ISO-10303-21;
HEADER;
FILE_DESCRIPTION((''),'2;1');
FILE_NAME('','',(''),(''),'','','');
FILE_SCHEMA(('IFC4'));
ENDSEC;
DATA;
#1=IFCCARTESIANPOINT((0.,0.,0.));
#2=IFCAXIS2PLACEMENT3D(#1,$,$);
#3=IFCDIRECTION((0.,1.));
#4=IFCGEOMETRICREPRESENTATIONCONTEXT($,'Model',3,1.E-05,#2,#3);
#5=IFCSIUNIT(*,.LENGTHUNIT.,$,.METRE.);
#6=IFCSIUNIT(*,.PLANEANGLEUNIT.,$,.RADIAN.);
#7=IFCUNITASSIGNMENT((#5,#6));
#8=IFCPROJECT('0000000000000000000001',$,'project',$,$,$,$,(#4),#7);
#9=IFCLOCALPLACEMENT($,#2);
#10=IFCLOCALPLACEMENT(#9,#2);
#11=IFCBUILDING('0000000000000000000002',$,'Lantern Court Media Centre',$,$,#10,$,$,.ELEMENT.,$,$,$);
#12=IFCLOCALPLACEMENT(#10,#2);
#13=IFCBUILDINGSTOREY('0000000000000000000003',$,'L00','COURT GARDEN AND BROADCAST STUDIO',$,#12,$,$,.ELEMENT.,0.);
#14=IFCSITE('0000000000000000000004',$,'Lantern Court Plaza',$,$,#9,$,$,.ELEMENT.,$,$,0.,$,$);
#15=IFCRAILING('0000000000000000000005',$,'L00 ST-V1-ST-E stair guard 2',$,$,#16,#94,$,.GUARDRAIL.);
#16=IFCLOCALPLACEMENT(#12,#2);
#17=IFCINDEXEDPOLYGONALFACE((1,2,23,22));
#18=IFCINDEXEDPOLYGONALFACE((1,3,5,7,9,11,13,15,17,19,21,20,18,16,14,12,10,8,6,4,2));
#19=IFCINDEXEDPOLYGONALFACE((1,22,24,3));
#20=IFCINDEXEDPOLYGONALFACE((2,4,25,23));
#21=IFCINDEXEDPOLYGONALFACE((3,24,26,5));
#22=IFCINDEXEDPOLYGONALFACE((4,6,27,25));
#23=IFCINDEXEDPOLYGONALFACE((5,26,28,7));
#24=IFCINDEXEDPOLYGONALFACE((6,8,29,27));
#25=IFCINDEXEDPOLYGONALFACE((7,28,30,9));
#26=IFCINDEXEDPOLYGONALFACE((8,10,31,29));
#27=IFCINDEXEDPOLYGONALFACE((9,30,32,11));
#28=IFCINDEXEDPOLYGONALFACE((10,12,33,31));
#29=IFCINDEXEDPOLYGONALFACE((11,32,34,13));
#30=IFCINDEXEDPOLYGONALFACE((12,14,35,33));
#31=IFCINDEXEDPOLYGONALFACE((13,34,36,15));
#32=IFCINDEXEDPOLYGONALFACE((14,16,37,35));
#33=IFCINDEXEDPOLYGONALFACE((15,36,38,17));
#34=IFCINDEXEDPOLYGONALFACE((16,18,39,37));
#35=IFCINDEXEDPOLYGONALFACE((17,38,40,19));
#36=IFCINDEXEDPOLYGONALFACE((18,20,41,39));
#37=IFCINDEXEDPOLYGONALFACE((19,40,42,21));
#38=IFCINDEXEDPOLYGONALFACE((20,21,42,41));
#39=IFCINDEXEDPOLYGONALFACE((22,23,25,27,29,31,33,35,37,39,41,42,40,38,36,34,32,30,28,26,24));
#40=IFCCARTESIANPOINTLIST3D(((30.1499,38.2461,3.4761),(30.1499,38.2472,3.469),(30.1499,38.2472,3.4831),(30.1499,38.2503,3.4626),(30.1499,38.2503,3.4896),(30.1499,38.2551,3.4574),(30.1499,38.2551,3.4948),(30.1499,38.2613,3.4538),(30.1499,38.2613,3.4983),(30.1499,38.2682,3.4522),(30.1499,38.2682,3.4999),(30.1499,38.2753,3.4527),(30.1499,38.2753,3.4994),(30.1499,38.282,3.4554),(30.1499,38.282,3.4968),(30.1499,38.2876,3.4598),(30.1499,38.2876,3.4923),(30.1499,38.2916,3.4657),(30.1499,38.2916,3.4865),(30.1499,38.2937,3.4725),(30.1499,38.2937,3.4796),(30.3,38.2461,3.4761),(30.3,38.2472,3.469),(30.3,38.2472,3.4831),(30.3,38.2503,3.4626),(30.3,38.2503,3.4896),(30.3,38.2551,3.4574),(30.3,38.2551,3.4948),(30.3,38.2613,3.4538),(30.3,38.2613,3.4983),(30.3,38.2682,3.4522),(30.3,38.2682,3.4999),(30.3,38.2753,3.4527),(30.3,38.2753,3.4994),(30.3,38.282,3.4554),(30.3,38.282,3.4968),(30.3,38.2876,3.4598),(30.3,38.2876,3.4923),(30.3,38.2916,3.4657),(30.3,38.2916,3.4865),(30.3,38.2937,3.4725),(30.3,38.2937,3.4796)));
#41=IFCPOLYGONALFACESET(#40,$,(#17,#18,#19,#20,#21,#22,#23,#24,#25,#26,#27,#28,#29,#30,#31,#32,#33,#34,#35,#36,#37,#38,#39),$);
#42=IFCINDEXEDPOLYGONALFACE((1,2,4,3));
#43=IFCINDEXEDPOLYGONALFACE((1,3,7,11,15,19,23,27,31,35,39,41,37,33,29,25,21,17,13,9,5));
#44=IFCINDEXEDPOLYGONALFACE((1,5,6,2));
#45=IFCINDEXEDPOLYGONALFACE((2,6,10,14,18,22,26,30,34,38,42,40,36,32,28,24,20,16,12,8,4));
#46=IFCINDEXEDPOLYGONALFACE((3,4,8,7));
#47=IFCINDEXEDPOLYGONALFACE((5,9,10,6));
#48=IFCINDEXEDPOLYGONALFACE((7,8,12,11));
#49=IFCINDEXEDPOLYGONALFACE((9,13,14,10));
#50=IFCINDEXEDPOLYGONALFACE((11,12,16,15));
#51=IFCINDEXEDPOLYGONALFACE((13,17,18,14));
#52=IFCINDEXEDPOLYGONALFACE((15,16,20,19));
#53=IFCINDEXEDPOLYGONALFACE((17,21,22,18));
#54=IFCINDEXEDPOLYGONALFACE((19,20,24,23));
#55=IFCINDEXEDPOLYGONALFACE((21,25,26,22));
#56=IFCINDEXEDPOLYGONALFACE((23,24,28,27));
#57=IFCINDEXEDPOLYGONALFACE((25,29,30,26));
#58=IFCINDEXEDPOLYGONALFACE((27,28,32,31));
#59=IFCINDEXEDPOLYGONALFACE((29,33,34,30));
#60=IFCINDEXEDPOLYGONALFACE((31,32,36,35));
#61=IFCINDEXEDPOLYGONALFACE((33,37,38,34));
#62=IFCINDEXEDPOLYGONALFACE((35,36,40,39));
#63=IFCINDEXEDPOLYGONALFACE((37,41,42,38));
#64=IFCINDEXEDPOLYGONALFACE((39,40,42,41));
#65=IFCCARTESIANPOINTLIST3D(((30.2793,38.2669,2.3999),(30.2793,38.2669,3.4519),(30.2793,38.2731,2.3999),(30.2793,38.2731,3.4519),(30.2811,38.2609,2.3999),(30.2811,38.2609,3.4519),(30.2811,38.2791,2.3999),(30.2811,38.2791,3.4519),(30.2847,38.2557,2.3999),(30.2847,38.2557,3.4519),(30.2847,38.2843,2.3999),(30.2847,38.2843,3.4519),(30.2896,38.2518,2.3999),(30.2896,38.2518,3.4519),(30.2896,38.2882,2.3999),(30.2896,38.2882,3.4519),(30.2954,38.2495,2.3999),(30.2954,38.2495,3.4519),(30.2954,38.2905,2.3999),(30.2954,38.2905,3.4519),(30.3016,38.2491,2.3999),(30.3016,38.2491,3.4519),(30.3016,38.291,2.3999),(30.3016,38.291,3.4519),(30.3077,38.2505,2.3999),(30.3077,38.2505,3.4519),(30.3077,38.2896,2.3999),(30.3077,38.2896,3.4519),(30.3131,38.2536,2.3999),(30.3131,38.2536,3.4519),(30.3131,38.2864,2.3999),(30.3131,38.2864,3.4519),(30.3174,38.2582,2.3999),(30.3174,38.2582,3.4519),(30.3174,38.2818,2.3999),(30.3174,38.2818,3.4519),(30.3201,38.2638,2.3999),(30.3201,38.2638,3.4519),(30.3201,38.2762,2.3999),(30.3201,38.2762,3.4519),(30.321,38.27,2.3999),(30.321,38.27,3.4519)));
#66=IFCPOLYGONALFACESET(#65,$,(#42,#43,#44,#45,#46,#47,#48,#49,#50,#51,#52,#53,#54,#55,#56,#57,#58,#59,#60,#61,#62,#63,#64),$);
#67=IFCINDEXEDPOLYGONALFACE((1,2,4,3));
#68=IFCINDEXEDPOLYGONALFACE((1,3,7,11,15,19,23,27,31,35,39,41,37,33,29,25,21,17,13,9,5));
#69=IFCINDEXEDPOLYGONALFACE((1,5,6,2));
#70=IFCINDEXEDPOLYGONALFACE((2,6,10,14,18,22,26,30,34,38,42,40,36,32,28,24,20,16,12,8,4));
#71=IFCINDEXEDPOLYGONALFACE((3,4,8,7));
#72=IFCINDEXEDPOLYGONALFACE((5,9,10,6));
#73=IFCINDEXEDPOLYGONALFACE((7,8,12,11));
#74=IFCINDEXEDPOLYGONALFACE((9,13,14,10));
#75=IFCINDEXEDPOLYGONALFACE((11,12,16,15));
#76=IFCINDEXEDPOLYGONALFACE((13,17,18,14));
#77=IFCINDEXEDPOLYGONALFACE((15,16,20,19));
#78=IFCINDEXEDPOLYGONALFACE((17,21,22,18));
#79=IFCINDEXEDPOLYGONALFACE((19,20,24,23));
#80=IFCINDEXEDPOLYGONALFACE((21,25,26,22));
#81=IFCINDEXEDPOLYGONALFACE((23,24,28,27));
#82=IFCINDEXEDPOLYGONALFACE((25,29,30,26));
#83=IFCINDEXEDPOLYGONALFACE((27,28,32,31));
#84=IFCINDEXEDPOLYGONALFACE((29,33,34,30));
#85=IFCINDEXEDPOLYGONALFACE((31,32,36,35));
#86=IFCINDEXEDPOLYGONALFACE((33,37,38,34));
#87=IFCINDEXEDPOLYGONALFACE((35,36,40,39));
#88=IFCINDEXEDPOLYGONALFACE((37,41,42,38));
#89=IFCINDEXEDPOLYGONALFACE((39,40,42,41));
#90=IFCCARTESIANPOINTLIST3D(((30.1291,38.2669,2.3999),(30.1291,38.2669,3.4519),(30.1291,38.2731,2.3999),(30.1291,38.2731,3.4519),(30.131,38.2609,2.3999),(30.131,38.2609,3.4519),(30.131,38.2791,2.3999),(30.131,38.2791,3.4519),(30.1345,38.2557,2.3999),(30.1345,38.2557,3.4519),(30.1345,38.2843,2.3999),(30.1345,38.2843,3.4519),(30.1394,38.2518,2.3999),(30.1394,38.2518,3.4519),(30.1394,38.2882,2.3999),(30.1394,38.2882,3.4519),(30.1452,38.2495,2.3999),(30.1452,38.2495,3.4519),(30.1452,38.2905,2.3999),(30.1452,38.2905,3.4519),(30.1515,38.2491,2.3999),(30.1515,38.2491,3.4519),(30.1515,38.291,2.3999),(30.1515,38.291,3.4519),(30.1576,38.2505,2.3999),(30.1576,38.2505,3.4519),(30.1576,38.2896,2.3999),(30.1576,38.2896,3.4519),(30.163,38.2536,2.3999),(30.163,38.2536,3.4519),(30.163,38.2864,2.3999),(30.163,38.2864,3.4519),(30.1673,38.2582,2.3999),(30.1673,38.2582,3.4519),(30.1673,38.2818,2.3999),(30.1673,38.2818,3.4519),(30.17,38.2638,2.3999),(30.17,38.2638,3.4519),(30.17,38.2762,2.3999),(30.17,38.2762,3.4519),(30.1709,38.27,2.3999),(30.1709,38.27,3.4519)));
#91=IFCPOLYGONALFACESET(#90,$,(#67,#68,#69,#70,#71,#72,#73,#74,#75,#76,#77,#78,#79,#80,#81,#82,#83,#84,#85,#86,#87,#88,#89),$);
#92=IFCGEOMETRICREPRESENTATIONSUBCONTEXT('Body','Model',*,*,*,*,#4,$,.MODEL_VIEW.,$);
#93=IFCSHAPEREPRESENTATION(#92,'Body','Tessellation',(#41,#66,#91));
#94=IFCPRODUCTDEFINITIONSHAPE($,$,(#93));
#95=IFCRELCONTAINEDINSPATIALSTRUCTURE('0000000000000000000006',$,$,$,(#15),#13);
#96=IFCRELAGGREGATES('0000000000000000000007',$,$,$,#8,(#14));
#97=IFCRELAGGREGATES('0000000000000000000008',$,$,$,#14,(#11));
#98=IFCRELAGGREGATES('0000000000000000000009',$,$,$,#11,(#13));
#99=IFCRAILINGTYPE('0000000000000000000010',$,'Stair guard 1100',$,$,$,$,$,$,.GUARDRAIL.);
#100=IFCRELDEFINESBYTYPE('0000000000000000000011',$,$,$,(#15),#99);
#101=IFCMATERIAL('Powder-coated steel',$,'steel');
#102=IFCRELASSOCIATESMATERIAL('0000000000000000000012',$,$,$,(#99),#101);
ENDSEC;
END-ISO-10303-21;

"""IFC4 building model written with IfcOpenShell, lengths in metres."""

from ifc_helpers import new_model, si_unit, direction, frame, origin, origin_2d, place, context, subcontext, project, spatial, circle, extrude, material, type_object, element, save


model = new_model("IFC4")

# Units and contexts
model_context = context("Model", 3, precision=1e-05, world=origin(), true_north=direction((0.0, 1.0)))
body_context = subcontext(model_context, "Body", "Model", "MODEL_VIEW")
ifc_project = project(units=[si_unit("LENGTHUNIT", "METRE"), si_unit("PLANEANGLEUNIT", "RADIAN")], contexts=[model_context])

# Site, building, storey
site_placement = place(None, origin())
site = spatial("IfcSite", under=ifc_project, at=site_placement, Name="Lantern Court Plaza", CompositionType="ELEMENT", RefElevation=0.0)
building_placement = place(site_placement, origin())
building = spatial("IfcBuilding", under=site, at=building_placement, Name="Lantern Court Media Centre", CompositionType="ELEMENT")
storey_placement = place(building_placement, origin())
storey = spatial("IfcBuildingStorey", under=building, at=storey_placement, Name="L00", Description="COURT GARDEN AND BROADCAST STUDIO", CompositionType="ELEMENT", Elevation=0.0)

# Railing
ifc_material_1 = material(Name="Powder-coated steel", Category="steel")
railing_type_1 = type_object("IfcRailingType", Name="Stair guard 1100", PredefinedType="GUARDRAIL", material=ifc_material_1)
railing_1_placement = place(storey_placement, frame((30.3, 38.27, 2.3999)))
element("IfcRailing", 1, at=railing_1_placement, inside=storey, type_object=railing_type_1, Name="L00 ST-V1-ST-E stair guard 2", PredefinedType="GUARDRAIL", context=body_context, shape_type="SweptSolid", body=[
    extrude(circle(Radius=0.0239, at=origin_2d()), frame((0.0, 0.0, 1.0762), z_axis=(-1.0, 0.0, 0.0), x_axis=(0.0, -1.0, 0.0)), (0.0, 0.0, 1.0), 0.1501),
    extrude(circle(Radius=0.021, at=origin_2d()), origin(), (0.0, 0.0, 1.0), 1.052),
    extrude(circle(Radius=0.021, at=origin_2d()), frame((-0.1501, 0.0, 0.0)), (0.0, 0.0, 1.0), 1.052),
])

save(model, "model.ifc")
